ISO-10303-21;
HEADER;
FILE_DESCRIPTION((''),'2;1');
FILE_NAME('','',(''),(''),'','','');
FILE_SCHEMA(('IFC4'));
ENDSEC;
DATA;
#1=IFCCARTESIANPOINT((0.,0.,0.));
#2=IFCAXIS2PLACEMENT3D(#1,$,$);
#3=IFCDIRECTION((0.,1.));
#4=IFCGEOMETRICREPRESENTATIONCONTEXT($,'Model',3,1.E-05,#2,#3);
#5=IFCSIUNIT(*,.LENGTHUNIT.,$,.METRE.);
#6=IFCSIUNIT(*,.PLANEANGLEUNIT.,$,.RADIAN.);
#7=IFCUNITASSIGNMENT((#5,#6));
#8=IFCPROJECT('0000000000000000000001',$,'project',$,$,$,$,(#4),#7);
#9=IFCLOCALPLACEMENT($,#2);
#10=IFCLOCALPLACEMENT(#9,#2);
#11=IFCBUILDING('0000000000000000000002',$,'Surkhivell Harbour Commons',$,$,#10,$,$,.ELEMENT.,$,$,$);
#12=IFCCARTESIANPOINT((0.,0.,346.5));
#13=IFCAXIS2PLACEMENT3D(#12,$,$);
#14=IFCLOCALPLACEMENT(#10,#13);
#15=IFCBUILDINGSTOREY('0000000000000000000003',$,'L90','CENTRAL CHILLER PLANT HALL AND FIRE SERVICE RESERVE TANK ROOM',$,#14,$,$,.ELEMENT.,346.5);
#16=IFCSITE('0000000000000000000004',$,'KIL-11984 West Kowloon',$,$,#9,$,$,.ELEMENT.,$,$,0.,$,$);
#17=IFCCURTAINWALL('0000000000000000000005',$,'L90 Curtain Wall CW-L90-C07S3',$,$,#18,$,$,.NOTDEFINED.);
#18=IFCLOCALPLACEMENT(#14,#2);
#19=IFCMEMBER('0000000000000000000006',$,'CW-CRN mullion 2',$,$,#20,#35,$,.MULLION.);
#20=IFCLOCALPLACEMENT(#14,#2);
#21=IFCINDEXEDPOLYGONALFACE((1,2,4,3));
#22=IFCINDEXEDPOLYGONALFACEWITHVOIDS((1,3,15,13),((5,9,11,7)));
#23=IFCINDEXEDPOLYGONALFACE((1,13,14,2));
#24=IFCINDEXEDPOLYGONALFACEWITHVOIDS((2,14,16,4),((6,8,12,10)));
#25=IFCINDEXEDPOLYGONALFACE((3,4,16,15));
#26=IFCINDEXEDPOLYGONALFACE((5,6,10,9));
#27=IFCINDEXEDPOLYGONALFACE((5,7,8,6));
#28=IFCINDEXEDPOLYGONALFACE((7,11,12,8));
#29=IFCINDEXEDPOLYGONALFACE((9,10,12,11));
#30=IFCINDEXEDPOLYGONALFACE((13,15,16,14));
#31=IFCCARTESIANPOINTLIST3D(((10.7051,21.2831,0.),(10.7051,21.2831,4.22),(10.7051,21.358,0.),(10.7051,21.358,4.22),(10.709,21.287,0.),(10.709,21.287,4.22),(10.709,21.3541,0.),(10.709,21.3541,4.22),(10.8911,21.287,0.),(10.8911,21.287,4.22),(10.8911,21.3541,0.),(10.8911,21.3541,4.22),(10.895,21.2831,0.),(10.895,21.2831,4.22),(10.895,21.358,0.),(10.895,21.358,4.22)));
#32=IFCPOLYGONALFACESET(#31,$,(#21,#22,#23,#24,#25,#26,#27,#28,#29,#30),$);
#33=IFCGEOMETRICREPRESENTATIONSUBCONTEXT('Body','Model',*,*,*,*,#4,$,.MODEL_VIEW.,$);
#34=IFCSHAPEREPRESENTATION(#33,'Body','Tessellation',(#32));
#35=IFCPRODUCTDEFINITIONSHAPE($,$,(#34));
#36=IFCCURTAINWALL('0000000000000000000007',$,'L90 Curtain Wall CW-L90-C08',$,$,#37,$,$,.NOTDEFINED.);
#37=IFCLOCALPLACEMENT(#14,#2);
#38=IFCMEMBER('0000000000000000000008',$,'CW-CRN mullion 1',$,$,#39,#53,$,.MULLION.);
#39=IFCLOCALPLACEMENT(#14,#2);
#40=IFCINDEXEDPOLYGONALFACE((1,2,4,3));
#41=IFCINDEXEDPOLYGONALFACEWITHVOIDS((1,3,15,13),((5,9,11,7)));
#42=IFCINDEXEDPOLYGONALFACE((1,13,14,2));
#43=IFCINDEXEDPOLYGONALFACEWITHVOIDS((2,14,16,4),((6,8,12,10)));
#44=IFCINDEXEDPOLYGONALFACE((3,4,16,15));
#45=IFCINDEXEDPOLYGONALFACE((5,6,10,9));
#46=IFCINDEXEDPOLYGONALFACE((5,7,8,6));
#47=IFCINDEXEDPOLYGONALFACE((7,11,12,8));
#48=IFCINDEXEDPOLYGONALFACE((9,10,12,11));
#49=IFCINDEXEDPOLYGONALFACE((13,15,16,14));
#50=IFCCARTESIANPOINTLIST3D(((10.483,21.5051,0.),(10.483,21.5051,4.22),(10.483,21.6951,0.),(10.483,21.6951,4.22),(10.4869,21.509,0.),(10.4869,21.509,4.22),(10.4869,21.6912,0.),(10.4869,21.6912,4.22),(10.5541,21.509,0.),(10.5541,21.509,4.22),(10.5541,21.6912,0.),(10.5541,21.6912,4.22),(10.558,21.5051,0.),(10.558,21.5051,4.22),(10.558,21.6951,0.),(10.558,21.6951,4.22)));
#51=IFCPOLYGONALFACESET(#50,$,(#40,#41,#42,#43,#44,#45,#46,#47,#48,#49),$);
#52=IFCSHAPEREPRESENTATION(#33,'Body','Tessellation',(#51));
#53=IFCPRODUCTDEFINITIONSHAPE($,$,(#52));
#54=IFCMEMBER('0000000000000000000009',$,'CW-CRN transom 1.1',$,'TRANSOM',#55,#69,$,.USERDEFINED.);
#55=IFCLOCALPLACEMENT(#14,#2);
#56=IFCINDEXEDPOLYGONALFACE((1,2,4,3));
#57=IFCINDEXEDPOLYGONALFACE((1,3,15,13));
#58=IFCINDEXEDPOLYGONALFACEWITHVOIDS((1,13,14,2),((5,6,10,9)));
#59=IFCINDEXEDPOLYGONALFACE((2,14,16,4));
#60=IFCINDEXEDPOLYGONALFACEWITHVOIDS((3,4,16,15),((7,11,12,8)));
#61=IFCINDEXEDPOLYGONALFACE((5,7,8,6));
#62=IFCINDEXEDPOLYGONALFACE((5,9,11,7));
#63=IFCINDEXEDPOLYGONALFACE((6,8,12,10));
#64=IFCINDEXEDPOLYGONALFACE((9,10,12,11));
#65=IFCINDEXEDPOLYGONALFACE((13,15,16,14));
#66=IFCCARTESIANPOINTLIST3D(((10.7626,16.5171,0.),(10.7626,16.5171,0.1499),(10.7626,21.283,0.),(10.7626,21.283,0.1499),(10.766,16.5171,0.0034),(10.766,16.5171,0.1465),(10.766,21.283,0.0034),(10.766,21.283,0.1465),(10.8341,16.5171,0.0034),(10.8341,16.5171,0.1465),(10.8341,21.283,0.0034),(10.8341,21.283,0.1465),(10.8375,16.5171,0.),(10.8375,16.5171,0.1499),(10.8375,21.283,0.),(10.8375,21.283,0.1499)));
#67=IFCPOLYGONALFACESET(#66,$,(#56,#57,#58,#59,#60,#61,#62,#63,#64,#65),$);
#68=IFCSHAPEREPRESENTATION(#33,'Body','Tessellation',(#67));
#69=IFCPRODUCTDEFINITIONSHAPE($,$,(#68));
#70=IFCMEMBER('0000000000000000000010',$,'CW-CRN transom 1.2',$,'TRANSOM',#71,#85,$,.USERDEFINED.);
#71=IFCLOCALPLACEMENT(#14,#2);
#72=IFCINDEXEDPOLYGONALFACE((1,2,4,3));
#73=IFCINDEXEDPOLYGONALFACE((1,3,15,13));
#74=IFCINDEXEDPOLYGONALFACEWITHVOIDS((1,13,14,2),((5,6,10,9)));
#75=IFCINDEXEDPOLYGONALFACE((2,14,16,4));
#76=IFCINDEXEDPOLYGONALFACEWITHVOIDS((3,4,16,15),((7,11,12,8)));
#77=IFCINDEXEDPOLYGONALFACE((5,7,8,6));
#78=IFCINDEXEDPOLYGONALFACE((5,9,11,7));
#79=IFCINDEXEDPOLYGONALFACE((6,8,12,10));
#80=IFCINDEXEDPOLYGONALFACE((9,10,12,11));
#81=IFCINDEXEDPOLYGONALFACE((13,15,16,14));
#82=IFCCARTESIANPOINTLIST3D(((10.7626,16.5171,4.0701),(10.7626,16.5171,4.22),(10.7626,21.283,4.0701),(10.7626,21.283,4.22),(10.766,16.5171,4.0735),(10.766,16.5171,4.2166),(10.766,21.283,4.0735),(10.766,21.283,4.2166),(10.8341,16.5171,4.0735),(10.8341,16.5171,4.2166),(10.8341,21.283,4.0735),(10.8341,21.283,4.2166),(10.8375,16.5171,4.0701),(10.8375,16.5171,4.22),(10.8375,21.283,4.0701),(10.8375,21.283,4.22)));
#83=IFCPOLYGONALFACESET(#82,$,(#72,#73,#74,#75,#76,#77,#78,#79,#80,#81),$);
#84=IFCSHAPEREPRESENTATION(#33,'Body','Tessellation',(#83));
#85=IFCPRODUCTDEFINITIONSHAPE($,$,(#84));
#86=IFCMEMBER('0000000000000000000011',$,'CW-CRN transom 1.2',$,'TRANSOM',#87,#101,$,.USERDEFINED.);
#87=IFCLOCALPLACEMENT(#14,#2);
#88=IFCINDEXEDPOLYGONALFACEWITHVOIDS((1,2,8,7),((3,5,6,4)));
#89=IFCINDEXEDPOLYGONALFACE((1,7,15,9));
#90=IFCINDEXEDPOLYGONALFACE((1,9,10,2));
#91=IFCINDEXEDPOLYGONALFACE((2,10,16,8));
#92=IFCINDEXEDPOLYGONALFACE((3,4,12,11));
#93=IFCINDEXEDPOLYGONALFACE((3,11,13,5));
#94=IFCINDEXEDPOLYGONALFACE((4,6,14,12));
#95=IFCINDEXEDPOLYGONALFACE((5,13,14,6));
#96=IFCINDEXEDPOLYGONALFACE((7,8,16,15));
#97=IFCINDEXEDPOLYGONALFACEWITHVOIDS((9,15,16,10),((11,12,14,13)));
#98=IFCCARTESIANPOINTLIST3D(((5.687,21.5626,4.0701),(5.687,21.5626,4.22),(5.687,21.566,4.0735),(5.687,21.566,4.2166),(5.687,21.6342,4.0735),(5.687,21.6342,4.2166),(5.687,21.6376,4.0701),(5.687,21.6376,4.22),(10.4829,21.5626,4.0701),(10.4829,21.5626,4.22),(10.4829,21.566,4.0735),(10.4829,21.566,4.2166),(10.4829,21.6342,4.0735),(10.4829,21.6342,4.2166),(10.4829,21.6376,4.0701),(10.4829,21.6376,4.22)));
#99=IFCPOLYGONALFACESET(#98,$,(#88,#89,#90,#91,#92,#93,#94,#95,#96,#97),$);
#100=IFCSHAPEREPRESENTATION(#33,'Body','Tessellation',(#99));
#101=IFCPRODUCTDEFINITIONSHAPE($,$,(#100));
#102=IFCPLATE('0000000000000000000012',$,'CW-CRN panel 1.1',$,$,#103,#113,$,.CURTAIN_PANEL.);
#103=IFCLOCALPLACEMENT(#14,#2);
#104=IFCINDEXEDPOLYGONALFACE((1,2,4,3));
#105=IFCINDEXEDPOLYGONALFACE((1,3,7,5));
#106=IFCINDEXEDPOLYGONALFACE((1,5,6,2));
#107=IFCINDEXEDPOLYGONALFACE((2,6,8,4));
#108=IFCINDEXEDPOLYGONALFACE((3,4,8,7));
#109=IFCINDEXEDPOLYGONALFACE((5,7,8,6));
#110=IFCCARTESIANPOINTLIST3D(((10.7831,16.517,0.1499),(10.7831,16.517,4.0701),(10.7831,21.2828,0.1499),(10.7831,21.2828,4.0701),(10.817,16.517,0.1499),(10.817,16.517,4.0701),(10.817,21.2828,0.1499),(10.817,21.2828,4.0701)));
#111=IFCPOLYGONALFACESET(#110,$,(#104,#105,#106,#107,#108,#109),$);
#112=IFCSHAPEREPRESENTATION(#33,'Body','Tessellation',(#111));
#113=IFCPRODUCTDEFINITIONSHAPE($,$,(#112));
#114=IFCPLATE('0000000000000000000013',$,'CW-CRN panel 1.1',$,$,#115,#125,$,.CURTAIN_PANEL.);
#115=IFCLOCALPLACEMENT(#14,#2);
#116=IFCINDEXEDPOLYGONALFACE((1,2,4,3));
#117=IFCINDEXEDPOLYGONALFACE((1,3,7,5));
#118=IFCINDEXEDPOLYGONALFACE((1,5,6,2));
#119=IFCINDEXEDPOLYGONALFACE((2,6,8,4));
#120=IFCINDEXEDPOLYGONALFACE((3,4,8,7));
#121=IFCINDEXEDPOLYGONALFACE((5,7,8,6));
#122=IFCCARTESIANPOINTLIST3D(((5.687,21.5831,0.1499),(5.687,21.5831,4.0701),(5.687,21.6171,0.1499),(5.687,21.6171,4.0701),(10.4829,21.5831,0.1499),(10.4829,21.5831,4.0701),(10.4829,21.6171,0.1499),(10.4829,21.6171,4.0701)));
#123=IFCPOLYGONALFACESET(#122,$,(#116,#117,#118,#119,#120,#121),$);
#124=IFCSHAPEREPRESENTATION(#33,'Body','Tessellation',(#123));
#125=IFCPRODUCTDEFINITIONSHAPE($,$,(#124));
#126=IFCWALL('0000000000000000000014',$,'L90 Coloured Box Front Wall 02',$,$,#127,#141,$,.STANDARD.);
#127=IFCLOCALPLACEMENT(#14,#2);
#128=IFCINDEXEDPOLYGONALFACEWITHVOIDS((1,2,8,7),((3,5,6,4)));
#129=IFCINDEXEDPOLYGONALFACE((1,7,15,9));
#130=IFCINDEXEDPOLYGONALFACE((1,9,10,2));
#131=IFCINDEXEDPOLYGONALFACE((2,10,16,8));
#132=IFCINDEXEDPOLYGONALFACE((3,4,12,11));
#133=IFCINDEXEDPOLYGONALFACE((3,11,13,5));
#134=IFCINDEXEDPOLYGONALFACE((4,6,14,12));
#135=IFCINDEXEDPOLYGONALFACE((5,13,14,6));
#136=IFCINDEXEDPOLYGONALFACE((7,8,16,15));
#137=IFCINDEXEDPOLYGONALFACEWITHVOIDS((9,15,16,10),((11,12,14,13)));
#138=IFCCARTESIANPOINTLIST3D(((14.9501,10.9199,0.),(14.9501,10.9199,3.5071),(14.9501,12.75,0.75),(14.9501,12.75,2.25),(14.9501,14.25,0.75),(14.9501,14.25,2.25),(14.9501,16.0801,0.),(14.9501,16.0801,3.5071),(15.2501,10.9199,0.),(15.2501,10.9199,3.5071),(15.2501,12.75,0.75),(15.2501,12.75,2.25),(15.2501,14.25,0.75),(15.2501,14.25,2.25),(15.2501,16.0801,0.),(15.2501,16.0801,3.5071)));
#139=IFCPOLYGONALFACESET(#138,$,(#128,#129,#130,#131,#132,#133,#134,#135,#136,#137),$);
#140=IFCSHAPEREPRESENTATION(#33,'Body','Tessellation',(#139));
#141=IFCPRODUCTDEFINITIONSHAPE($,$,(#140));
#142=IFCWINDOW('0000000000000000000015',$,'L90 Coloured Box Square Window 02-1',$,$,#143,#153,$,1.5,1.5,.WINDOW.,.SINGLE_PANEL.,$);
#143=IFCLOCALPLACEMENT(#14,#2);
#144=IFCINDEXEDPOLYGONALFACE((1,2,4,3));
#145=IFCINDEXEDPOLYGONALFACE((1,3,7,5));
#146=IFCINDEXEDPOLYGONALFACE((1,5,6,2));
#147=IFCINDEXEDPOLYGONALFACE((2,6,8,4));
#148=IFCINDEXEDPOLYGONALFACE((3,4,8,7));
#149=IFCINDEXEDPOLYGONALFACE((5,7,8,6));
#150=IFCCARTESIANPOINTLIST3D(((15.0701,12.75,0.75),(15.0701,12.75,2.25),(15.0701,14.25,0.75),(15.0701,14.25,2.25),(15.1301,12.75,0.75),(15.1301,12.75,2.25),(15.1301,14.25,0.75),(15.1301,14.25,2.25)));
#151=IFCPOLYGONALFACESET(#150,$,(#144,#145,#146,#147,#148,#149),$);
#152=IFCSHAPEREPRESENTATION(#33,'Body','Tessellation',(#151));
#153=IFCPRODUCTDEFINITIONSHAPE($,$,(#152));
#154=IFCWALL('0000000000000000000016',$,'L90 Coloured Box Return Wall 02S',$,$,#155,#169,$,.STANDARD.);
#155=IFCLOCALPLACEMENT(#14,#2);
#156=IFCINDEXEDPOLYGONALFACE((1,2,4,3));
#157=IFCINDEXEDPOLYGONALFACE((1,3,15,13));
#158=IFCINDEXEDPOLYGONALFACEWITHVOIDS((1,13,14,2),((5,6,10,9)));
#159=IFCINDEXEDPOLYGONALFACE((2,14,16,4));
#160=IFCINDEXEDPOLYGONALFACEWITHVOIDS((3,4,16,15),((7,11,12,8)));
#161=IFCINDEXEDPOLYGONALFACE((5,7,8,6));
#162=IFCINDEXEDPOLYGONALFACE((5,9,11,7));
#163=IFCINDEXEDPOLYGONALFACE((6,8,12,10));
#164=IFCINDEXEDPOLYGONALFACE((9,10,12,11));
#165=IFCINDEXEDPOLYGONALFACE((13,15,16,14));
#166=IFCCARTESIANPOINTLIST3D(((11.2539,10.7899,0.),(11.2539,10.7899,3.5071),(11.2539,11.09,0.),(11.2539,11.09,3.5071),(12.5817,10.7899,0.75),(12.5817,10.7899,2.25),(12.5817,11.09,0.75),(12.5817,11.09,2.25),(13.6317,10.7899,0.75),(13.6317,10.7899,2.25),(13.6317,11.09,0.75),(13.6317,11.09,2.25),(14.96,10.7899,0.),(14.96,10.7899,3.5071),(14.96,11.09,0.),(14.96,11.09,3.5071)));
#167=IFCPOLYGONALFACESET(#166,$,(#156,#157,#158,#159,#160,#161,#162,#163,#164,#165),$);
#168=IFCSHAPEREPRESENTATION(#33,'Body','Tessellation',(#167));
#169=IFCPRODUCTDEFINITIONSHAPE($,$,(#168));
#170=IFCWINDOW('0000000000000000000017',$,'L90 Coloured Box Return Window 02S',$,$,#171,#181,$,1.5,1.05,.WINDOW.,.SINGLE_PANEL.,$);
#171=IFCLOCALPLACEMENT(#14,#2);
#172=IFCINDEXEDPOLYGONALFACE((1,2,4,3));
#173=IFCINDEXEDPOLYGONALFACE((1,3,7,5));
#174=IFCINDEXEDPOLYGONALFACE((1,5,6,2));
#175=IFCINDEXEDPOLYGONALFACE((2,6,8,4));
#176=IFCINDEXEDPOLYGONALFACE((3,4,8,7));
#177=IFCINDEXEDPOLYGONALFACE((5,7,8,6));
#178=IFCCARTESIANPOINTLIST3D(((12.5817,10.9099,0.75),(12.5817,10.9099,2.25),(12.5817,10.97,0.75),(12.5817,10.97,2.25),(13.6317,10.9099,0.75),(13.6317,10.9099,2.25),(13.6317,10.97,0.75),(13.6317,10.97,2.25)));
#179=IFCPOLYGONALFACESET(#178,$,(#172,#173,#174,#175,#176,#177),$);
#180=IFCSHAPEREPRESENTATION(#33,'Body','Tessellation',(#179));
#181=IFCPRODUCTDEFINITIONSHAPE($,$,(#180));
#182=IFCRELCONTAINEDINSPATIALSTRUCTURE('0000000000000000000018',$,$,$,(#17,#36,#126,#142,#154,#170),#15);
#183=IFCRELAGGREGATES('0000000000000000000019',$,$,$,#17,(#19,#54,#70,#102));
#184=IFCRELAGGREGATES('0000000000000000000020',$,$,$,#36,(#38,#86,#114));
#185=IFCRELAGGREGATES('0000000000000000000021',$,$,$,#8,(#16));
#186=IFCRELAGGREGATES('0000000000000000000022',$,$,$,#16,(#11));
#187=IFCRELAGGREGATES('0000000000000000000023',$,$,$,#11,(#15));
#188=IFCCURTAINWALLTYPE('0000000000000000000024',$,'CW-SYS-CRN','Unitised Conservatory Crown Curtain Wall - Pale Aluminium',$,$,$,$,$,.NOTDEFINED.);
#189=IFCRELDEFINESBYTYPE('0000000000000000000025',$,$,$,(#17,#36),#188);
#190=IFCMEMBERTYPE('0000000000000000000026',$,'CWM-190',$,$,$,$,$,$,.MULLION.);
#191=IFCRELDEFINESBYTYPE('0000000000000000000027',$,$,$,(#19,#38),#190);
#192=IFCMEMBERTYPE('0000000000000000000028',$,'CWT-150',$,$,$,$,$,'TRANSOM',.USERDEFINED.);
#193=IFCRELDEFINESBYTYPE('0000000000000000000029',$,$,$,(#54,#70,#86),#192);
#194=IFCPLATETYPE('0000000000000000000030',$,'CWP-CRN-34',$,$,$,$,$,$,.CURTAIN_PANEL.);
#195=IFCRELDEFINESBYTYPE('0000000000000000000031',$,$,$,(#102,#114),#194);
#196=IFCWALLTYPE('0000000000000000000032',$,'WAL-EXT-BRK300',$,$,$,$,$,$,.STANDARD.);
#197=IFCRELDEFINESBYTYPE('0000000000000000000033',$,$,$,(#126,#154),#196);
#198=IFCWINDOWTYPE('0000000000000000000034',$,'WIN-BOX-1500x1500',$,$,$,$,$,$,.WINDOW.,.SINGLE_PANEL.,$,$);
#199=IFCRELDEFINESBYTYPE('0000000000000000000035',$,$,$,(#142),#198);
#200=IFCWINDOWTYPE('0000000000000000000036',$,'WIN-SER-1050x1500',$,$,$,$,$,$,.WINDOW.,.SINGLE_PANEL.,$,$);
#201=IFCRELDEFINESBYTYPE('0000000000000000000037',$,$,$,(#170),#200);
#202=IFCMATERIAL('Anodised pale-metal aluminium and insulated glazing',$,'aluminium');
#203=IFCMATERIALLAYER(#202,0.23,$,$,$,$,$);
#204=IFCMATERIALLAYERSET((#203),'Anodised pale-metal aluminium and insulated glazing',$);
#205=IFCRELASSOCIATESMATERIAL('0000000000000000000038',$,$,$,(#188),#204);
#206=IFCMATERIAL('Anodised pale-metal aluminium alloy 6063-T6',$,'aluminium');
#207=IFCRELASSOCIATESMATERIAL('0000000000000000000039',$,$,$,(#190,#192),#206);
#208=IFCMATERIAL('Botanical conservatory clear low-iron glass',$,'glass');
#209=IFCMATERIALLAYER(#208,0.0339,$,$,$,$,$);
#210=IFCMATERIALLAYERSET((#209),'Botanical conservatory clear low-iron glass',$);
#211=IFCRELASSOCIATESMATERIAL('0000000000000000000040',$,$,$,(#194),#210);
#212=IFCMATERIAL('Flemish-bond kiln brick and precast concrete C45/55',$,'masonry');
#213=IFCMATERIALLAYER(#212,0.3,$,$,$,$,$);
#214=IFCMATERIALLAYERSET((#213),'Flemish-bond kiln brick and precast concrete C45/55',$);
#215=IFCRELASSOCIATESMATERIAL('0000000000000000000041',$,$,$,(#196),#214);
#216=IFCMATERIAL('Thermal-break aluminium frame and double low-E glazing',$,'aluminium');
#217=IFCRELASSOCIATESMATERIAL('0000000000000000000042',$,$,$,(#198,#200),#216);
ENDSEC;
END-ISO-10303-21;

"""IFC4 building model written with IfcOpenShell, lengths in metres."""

from ifc_helpers import new_model, si_unit, direction, frame, frame_2d, origin, origin_2d, place, context, subcontext, project, spatial, rectangle, hollow_rectangle, extrude, material, layer, layer_set, material_profile, profile_set, type_object, element, fill, aggregate, save


model = new_model("IFC4")

# Units and contexts
model_context = context("Model", 3, precision=1e-05, world=origin(), true_north=direction((0.0, 1.0)))
body_context = subcontext(model_context, "Body", "Model", "MODEL_VIEW")
ifc_project = project(units=[si_unit("LENGTHUNIT", "METRE"), si_unit("PLANEANGLEUNIT", "RADIAN")], contexts=[model_context])

# Site, building, storey
site_placement = place(None, origin())
site = spatial("IfcSite", under=ifc_project, at=site_placement, Name="KIL-11984 West Kowloon", CompositionType="ELEMENT", RefElevation=0.0)
building_placement = place(site_placement, origin())
building = spatial("IfcBuilding", under=site, at=building_placement, Name="Surkhivell Harbour Commons", CompositionType="ELEMENT")
storey_placement = place(building_placement, frame((0.0, 0.0, 346.5)))
storey = spatial("IfcBuildingStorey", under=building, at=storey_placement, Name="L90", Description="CENTRAL CHILLER PLANT HALL AND FIRE SERVICE RESERVE TANK ROOM", CompositionType="ELEMENT", Elevation=346.5)

# Curtain wall, member
ifc_material_1 = material(Name="Anodised pale-metal aluminium and insulated glazing", Category="aluminium")
ifc_layer_1 = layer(ifc_material_1, 0.23)
ifc_layer_set_1 = layer_set([ifc_layer_1], Name="Anodised pale-metal aluminium and insulated glazing")
curtain_wall_type = type_object("IfcCurtainWallType", Name="CW-SYS-CRN", Description="Unitised Conservatory Crown Curtain Wall - Pale Aluminium", PredefinedType="NOTDEFINED", material=ifc_layer_set_1)
curtain_wall_1_placement = place(storey_placement, origin())
curtain_wall_1 = element("IfcCurtainWall", 1, at=curtain_wall_1_placement, inside=storey, type_object=curtain_wall_type, Name="L90 Curtain Wall CW-L90-C07S3", PredefinedType="NOTDEFINED")
ifc_material_2 = material(Name="Anodised pale-metal aluminium alloy 6063-T6", Category="aluminium")
ifc_material_profile_1 = material_profile(ifc_material_2, hollow_rectangle(XDim=0.075, YDim=0.1899, WallThickness=0.0039, at=origin_2d()), Name="ALU-MULL-75x190")
ifc_profile_set_1 = profile_set([ifc_material_profile_1], Name="Anodised pale-metal aluminium alloy 6063-T6")
member_type_1 = type_object("IfcMemberType", Name="CWM-190", PredefinedType="MULLION", material=ifc_profile_set_1)
member_1_placement = place(storey_placement, frame((10.8, 21.3206, 0.0), z_axis=(0.0, 0.0, 1.0), x_axis=(0.0, 1.0, 0.0)))
member_1 = element("IfcMember", 2, at=member_1_placement, type_object=member_type_1, Name="CW-CRN mullion 2", PredefinedType="MULLION", context=body_context, shape_type="SweptSolid", body=[
    extrude(hollow_rectangle(XDim=0.075, YDim=0.1899, WallThickness=0.0039, at=origin_2d()), origin(), (0.0, 0.0, 1.0), 4.22),
])

# Curtain wall, member
curtain_wall_2_placement = place(storey_placement, origin())
curtain_wall_2 = element("IfcCurtainWall", 3, at=curtain_wall_2_placement, inside=storey, type_object=curtain_wall_type, Name="L90 Curtain Wall CW-L90-C08", PredefinedType="NOTDEFINED")
member_2_placement = place(storey_placement, frame((10.5205, 21.6001, 0.0), z_axis=(0.0, 0.0, 1.0), x_axis=(-1.0, 0.0, 0.0)))
member_2 = element("IfcMember", 4, at=member_2_placement, type_object=member_type_1, Name="CW-CRN mullion 1", PredefinedType="MULLION", context=body_context, shape_type="SweptSolid", body=[
    extrude(hollow_rectangle(XDim=0.075, YDim=0.1899, WallThickness=0.0039, at=origin_2d()), origin(), (0.0, 0.0, 1.0), 4.22),
])

# Members
ifc_material_profile_2 = material_profile(ifc_material_2, hollow_rectangle(XDim=0.075, YDim=0.1499, WallThickness=0.0034, at=origin_2d()), Name="ALU-TRAN-75x150")
ifc_profile_set_2 = profile_set([ifc_material_profile_2], Name="Anodised pale-metal aluminium alloy 6063-T6")
member_type_2 = type_object("IfcMemberType", Name="CWT-150", ElementType="TRANSOM", PredefinedType="USERDEFINED", material=ifc_profile_set_2)
member_3_placement = place(storey_placement, frame((10.8, 16.5171, 0.075), z_axis=(0.0, 1.0, 0.0), x_axis=(-1.0, 0.0, 0.0)))
member_3 = element("IfcMember", 5, at=member_3_placement, type_object=member_type_2, Name="CW-CRN transom 1.1", ObjectType="TRANSOM", PredefinedType="USERDEFINED", context=body_context, shape_type="SweptSolid", body=[
    extrude(hollow_rectangle(XDim=0.075, YDim=0.1499, WallThickness=0.0034, at=origin_2d()), origin(), (0.0, 0.0, 1.0), 4.7659),
])
member_4_placement = place(storey_placement, frame((10.8, 16.5171, 4.145), z_axis=(0.0, 1.0, 0.0), x_axis=(-1.0, 0.0, 0.0)))
member_4 = element("IfcMember", 6, at=member_4_placement, type_object=member_type_2, Name="CW-CRN transom 1.2", ObjectType="TRANSOM", PredefinedType="USERDEFINED", context=body_context, shape_type="SweptSolid", body=[
    extrude(hollow_rectangle(XDim=0.075, YDim=0.1499, WallThickness=0.0034, at=origin_2d()), origin(), (0.0, 0.0, 1.0), 4.7659),
])
member_5_placement = place(storey_placement, frame((10.4829, 21.6001, 4.145), z_axis=(-1.0, 0.0, 0.0), x_axis=(0.0, -1.0, 0.0)))
member_5 = element("IfcMember", 7, at=member_5_placement, type_object=member_type_2, Name="CW-CRN transom 1.2", ObjectType="TRANSOM", PredefinedType="USERDEFINED", context=body_context, shape_type="SweptSolid", body=[
    extrude(hollow_rectangle(XDim=0.075, YDim=0.1499, WallThickness=0.0034, at=origin_2d()), origin(), (0.0, 0.0, 1.0), 4.7959),
])

# Plates
ifc_material_3 = material(Name="Botanical conservatory clear low-iron glass", Category="glass")
ifc_layer_2 = layer(ifc_material_3, 0.0339)
ifc_layer_set_2 = layer_set([ifc_layer_2], Name="Botanical conservatory clear low-iron glass")
plate_type = type_object("IfcPlateType", Name="CWP-CRN-34", PredefinedType="CURTAIN_PANEL", material=ifc_layer_set_2)
plate_1_placement = place(storey_placement, frame((10.8, 16.5171, 0.1499), z_axis=(0.0, 0.0, 1.0), x_axis=(0.0, 1.0, 0.0)))
plate_1 = element("IfcPlate", 8, at=plate_1_placement, type_object=plate_type, Name="CW-CRN panel 1.1", PredefinedType="CURTAIN_PANEL", context=body_context, shape_type="SweptSolid", body=[
    extrude(rectangle(XDim=4.7659, YDim=0.0339, at=frame_2d((2.3828, 0.0))), origin(), (0.0, 0.0, 1.0), 3.9202),
])
aggregate(curtain_wall_1, [member_1, member_3, member_4, plate_1])
plate_2_placement = place(storey_placement, frame((10.4829, 21.6001, 0.1499), z_axis=(0.0, 0.0, 1.0), x_axis=(-1.0, 0.0, 0.0)))
plate_2 = element("IfcPlate", 9, at=plate_2_placement, type_object=plate_type, Name="CW-CRN panel 1.1", PredefinedType="CURTAIN_PANEL", context=body_context, shape_type="SweptSolid", body=[
    extrude(rectangle(XDim=4.7959, YDim=0.0339, at=frame_2d((2.3979, 0.0))), origin(), (0.0, 0.0, 1.0), 3.9202),
])
aggregate(curtain_wall_2, [member_2, member_5, plate_2])

# Walls, openings, windows
ifc_material_4 = material(Name="Flemish-bond kiln brick and precast concrete C45/55", Category="masonry")
ifc_layer_3 = layer(ifc_material_4, 0.3)
ifc_layer_set_3 = layer_set([ifc_layer_3], Name="Flemish-bond kiln brick and precast concrete C45/55")
wall_type = type_object("IfcWallType", Name="WAL-EXT-BRK300", PredefinedType="STANDARD", material=ifc_layer_set_3)
wall_1_placement = place(storey_placement, frame((15.1001, 10.9199, 0.0), z_axis=(0.0, 0.0, 1.0), x_axis=(0.0, 1.0, 0.0)))
wall_1 = element("IfcWall", 10, at=wall_1_placement, inside=storey, type_object=wall_type, Name="L90 Coloured Box Front Wall 02", PredefinedType="STANDARD", context=body_context, shape_type="SweptSolid", body=[
    extrude(rectangle(XDim=5.1602, YDim=0.3, at=frame_2d((2.5801, 0.0))), origin(), (0.0, 0.0, 1.0), 3.5071),
])
opening_1_placement = place(wall_1_placement, frame((1.8301, 0.0, 0.75)))
opening_1 = element("IfcOpeningElement", 11, at=opening_1_placement, cuts=wall_1, PredefinedType="OPENING", context=body_context, shape_type="SweptSolid", body=[
    extrude(rectangle(XDim=1.5, YDim=1.5, at=frame_2d((0.75, 0.75))), frame((0.0, 0.1599, 0.0), z_axis=(0.0, -1.0, 0.0), x_axis=(1.0, 0.0, 0.0)), (0.0, 0.0, 1.0), 0.3201),
])
ifc_material_5 = material(Name="Thermal-break aluminium frame and double low-E glazing", Category="aluminium")
window_type_1 = type_object("IfcWindowType", Name="WIN-BOX-1500x1500", PartitioningType="SINGLE_PANEL", PredefinedType="WINDOW", material=ifc_material_5)
window_1_placement = place(opening_1_placement, origin())
window_1 = element("IfcWindow", 12, at=window_1_placement, inside=storey, type_object=window_type_1, Name="L90 Coloured Box Square Window 02-1", OverallHeight=1.5, OverallWidth=1.5, PartitioningType="SINGLE_PANEL", PredefinedType="WINDOW", context=body_context, shape_type="SweptSolid", body=[
    extrude(rectangle(XDim=1.5, YDim=1.5, at=frame_2d((0.75, 0.75))), frame((0.0, 0.03, 0.0), z_axis=(0.0, -1.0, 0.0), x_axis=(1.0, 0.0, 0.0)), (0.0, 0.0, 1.0), 0.0601),
])
fill(opening_1, window_1)
wall_2_placement = place(storey_placement, frame((11.2539, 10.9399, 0.0), z_axis=(0.0, 0.0, 1.0), x_axis=(1.0, 0.0, 0.0)))
wall_2 = element("IfcWall", 13, at=wall_2_placement, inside=storey, type_object=wall_type, Name="L90 Coloured Box Return Wall 02S", PredefinedType="STANDARD", context=body_context, shape_type="SweptSolid", body=[
    extrude(rectangle(XDim=3.7061, YDim=0.3, at=frame_2d((1.853, 0.0))), origin(), (0.0, 0.0, 1.0), 3.5071),
])
opening_2_placement = place(wall_2_placement, frame((1.3279, 0.0, 0.75)))
opening_2 = element("IfcOpeningElement", 14, at=opening_2_placement, cuts=wall_2, PredefinedType="OPENING", context=body_context, shape_type="SweptSolid", body=[
    extrude(rectangle(XDim=1.05, YDim=1.5, at=frame_2d((0.5249, 0.75))), frame((0.0, 0.1599, 0.0), z_axis=(0.0, -1.0, 0.0), x_axis=(1.0, 0.0, 0.0)), (0.0, 0.0, 1.0), 0.3201),
])
window_type_2 = type_object("IfcWindowType", Name="WIN-SER-1050x1500", PartitioningType="SINGLE_PANEL", PredefinedType="WINDOW", material=ifc_material_5)
window_2_placement = place(opening_2_placement, origin())
window_2 = element("IfcWindow", 15, at=window_2_placement, inside=storey, type_object=window_type_2, Name="L90 Coloured Box Return Window 02S", OverallHeight=1.5, OverallWidth=1.05, PartitioningType="SINGLE_PANEL", PredefinedType="WINDOW", context=body_context, shape_type="SweptSolid", body=[
    extrude(rectangle(XDim=1.05, YDim=1.5, at=frame_2d((0.5249, 0.75))), frame((0.0, 0.03, 0.0), z_axis=(0.0, -1.0, 0.0), x_axis=(1.0, 0.0, 0.0)), (0.0, 0.0, 1.0), 0.0601),
])
fill(opening_2, window_2)

save(model, "model.ifc")
